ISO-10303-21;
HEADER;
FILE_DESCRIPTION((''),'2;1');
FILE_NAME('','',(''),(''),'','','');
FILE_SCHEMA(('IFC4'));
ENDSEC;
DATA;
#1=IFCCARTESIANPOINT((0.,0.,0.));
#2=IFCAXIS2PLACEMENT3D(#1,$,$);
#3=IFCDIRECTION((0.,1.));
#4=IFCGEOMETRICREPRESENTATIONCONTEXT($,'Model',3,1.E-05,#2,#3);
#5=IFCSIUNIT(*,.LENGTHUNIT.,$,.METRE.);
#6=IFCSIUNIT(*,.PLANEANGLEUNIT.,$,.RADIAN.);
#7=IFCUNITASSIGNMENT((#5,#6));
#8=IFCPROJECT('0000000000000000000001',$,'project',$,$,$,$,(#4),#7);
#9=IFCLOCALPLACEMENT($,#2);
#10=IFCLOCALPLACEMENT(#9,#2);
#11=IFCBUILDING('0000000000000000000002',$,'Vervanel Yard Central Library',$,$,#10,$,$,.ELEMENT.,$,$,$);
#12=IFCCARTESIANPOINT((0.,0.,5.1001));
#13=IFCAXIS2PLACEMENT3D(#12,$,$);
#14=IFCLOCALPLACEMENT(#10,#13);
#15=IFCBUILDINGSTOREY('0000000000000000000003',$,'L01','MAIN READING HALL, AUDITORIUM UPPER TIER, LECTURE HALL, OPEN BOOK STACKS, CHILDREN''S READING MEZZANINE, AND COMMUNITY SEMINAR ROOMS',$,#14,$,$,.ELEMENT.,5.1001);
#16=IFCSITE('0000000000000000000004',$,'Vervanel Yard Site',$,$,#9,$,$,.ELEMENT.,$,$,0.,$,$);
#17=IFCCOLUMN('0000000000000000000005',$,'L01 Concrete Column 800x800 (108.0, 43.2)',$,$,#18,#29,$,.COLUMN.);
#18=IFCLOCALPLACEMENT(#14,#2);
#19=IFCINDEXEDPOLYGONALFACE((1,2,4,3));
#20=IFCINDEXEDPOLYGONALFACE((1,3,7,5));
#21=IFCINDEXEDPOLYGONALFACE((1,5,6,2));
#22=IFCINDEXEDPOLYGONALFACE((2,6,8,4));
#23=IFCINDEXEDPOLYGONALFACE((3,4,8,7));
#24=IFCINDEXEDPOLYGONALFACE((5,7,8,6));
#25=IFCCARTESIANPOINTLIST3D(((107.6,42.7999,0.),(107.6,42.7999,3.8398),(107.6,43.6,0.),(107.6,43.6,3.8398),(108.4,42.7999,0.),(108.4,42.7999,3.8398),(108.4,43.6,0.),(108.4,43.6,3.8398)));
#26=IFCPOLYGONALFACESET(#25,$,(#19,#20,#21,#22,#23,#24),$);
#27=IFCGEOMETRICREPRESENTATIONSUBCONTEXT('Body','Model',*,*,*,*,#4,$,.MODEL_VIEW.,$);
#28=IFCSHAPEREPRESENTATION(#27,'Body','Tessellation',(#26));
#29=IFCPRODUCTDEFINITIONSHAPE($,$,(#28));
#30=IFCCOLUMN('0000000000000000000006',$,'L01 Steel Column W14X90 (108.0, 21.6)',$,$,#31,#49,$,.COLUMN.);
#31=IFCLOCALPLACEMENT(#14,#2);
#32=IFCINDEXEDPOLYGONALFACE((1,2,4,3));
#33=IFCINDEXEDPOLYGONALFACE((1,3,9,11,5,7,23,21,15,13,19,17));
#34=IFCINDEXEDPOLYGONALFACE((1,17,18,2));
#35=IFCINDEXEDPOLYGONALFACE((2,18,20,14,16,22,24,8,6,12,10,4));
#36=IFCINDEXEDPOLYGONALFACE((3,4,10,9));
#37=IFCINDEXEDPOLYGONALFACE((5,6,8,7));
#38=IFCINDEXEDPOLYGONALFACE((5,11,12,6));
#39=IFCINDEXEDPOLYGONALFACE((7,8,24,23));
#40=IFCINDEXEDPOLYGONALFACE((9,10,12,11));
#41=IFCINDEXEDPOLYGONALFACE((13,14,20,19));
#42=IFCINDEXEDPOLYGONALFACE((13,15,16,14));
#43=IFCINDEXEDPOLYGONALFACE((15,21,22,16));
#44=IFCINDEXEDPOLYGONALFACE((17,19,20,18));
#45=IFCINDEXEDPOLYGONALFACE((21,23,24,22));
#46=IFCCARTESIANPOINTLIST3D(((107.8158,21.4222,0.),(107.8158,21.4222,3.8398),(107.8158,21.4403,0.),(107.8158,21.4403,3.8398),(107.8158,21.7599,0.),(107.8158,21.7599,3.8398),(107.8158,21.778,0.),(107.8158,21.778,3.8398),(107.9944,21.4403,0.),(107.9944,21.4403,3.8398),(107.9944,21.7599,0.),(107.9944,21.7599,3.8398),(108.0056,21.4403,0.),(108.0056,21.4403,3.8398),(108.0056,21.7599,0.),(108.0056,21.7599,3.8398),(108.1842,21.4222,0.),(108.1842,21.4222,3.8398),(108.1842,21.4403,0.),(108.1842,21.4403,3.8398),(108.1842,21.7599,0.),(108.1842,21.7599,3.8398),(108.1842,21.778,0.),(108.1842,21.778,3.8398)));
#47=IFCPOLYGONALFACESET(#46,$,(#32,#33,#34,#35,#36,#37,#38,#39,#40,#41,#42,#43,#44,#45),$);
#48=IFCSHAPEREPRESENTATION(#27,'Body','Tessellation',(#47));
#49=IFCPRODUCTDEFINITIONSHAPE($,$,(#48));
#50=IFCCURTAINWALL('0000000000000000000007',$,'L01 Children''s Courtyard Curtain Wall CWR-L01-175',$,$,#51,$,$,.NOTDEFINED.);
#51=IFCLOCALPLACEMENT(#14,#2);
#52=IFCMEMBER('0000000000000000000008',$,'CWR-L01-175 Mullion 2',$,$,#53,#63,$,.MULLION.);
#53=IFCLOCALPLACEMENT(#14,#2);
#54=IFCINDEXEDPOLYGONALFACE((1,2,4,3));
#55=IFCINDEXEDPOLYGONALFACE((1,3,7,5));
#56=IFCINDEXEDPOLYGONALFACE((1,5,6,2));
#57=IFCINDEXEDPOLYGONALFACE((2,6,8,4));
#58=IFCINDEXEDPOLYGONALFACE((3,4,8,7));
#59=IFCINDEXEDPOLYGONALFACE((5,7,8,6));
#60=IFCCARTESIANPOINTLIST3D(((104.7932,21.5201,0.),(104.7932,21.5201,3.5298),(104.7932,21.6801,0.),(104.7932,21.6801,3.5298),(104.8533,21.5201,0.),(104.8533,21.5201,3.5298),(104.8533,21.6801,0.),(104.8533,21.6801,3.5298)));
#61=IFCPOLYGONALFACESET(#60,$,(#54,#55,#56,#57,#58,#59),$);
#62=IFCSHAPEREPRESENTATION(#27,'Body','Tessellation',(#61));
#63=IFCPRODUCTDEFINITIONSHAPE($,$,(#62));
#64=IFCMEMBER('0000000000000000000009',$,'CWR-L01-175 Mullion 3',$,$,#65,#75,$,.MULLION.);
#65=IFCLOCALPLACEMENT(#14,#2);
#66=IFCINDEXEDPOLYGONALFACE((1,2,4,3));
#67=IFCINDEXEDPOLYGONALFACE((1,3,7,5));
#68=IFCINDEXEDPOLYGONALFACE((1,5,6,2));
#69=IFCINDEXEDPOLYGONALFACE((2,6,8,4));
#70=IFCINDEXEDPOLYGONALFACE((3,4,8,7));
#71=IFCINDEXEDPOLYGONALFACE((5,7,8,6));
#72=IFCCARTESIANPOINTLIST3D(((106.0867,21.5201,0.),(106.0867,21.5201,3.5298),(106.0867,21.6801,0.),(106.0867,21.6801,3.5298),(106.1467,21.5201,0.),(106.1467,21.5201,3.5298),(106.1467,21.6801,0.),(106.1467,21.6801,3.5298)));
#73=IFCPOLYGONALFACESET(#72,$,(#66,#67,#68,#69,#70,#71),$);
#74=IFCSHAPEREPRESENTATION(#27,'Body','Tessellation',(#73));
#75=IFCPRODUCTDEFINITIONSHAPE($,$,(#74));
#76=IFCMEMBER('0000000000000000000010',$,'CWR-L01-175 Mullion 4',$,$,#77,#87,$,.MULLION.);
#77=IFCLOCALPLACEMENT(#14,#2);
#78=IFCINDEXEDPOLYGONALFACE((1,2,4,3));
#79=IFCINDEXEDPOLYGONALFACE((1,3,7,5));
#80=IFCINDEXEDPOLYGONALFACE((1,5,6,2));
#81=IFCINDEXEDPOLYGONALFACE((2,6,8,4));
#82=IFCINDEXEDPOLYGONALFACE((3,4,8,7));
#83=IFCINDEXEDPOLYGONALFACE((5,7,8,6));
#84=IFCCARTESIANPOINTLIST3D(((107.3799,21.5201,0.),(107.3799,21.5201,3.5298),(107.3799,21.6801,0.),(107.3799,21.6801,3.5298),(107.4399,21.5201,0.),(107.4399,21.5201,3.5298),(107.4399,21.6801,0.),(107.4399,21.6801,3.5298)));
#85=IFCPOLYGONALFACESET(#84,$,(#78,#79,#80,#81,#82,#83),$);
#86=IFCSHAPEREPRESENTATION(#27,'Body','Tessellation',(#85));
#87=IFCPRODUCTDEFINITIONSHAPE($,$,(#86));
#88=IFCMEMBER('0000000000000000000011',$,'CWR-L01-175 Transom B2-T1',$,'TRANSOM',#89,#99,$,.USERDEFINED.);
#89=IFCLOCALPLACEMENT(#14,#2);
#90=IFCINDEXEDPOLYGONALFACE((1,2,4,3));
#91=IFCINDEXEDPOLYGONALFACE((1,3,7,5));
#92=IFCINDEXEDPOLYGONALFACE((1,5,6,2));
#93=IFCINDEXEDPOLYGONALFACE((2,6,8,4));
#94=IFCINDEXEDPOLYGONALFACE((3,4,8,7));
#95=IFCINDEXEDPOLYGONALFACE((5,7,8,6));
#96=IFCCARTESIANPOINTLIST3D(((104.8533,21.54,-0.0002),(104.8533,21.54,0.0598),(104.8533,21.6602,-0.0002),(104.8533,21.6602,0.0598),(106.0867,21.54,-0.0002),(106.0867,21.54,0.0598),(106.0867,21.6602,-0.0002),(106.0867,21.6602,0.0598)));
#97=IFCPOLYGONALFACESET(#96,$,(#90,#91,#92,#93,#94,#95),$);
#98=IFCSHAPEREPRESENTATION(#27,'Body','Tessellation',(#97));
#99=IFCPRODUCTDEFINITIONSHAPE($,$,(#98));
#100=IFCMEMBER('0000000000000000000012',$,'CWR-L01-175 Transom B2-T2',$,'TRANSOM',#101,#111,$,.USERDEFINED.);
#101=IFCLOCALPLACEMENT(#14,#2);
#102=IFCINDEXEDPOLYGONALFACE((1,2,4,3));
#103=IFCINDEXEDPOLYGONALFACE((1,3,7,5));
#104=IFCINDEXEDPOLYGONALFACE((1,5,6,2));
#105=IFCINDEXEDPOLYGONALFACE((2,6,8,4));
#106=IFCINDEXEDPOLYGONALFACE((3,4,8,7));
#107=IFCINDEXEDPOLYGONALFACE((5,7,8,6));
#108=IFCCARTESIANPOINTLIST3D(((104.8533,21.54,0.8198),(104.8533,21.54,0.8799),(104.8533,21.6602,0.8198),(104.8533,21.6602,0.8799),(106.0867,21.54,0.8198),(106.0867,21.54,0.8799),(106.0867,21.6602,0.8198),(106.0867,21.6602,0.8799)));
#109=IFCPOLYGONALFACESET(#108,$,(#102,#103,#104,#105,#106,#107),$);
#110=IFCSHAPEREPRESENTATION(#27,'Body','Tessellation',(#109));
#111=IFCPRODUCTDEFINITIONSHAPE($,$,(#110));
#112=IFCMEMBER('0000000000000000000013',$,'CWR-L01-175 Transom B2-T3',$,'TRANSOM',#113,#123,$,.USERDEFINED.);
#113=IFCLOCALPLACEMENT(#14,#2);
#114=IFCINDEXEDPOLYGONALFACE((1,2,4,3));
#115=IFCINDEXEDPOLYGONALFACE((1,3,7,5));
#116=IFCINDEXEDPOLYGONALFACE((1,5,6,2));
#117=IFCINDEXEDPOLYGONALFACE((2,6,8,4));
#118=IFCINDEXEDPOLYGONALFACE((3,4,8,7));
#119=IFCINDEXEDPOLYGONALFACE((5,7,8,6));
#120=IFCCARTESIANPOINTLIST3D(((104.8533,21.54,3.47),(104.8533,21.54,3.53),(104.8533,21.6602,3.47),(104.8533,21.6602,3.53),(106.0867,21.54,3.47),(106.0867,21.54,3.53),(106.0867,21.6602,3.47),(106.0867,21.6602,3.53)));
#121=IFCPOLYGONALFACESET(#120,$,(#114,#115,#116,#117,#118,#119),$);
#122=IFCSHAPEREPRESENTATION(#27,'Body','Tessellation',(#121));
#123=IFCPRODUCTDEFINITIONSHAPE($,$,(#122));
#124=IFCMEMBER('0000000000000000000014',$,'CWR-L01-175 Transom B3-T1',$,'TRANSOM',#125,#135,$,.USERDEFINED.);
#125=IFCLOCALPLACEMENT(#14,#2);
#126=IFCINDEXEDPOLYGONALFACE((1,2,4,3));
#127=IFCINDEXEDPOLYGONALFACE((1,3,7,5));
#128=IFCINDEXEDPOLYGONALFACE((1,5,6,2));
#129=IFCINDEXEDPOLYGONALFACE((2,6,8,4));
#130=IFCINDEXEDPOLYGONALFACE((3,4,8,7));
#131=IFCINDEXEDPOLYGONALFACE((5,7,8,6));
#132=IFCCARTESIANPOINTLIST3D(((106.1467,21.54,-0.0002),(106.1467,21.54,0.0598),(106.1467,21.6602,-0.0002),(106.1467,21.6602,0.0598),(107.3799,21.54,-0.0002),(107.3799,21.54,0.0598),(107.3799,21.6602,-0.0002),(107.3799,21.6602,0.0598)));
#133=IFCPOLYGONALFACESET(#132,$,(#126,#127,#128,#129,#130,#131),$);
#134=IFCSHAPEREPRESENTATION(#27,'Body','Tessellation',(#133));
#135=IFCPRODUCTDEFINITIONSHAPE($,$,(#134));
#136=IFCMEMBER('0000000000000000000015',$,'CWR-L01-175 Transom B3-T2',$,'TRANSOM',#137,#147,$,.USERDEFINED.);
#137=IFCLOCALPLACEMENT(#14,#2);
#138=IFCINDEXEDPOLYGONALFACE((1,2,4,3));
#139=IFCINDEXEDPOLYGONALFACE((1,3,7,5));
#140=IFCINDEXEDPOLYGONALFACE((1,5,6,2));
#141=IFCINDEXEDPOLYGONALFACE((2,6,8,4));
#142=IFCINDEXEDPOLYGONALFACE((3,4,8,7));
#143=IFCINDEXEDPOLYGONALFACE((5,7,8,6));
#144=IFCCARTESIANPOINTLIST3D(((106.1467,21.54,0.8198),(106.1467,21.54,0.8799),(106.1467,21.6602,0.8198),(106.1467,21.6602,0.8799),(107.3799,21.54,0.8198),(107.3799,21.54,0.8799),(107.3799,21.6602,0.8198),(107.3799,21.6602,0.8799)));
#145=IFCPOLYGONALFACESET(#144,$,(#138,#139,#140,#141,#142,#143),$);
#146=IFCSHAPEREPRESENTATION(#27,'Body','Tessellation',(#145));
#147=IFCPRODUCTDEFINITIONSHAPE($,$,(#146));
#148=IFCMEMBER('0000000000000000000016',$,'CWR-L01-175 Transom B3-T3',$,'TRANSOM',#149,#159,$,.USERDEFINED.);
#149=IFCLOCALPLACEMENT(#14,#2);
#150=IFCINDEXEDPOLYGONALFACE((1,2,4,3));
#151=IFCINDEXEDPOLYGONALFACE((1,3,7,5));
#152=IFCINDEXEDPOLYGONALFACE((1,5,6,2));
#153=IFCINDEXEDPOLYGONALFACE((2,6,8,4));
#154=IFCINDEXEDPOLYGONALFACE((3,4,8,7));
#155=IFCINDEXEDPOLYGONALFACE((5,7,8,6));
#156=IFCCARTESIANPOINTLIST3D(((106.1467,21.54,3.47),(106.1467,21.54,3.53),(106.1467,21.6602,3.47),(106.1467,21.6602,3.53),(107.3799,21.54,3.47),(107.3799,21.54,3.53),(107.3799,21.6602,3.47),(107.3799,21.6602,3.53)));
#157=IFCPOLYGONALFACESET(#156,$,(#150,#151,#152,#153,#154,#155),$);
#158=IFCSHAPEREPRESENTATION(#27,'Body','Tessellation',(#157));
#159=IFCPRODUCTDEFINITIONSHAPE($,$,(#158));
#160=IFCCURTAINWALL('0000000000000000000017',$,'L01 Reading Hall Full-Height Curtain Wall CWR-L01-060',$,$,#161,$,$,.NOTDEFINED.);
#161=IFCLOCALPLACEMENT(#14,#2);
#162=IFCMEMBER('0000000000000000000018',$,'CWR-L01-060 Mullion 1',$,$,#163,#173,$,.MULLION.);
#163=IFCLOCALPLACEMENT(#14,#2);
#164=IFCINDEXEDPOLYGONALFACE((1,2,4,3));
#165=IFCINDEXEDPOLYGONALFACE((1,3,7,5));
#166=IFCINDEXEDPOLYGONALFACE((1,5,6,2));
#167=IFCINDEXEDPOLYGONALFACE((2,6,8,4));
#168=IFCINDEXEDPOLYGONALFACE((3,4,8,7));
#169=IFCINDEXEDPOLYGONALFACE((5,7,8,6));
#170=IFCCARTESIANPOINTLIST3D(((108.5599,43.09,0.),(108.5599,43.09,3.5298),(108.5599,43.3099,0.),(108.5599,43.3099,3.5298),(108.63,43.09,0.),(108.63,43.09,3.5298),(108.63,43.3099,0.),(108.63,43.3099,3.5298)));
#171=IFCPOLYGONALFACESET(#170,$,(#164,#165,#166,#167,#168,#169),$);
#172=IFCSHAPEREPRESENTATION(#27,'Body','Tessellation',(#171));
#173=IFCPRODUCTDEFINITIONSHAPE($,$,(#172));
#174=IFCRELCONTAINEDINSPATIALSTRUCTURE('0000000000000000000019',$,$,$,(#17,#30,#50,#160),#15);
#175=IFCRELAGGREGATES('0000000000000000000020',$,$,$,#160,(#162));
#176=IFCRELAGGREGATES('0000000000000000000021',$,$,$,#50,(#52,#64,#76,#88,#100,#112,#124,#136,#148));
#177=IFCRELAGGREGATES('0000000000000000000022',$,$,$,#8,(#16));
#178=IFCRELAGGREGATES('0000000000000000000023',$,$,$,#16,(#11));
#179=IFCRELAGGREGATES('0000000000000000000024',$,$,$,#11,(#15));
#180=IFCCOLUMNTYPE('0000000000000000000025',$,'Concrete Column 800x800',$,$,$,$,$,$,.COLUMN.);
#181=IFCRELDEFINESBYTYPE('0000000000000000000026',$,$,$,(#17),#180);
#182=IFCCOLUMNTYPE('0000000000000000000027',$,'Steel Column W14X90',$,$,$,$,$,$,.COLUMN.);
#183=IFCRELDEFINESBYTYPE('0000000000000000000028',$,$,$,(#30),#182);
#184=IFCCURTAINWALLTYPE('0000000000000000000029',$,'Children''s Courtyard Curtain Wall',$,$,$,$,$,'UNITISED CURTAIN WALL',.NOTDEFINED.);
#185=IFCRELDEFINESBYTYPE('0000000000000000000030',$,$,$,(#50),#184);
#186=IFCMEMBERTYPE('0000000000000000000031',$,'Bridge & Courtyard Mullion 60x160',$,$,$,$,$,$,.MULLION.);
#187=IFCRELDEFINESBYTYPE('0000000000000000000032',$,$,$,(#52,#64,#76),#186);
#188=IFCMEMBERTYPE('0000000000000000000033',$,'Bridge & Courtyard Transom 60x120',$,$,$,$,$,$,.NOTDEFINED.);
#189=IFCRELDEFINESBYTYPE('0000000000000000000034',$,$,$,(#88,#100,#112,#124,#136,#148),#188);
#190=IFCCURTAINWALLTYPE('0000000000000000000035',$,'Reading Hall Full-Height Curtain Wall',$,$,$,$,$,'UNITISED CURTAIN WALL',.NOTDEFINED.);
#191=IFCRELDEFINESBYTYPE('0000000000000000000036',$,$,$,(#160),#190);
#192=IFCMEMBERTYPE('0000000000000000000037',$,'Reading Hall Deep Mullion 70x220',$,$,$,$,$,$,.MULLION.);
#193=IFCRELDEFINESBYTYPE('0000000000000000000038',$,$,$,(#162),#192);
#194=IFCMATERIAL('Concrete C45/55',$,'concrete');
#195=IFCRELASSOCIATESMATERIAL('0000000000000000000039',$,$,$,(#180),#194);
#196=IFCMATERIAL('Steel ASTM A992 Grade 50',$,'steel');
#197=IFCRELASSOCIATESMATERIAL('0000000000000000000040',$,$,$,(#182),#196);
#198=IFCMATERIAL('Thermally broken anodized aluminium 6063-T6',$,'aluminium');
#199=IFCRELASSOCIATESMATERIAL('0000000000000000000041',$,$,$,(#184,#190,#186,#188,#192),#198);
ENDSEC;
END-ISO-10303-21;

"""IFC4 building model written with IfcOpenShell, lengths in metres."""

from ifc_helpers import new_model, si_unit, direction, frame, origin, origin_2d, place, context, subcontext, project, spatial, rectangle, i_section, extrude, material, material_profile, profile_set, type_object, element, aggregate, save


model = new_model("IFC4")

# Units and contexts
model_context = context("Model", 3, precision=1e-05, world=origin(), true_north=direction((0.0, 1.0)))
body_context = subcontext(model_context, "Body", "Model", "MODEL_VIEW")
ifc_project = project(units=[si_unit("LENGTHUNIT", "METRE"), si_unit("PLANEANGLEUNIT", "RADIAN")], contexts=[model_context])

# Site, building, storey
site_placement = place(None, origin())
site = spatial("IfcSite", under=ifc_project, at=site_placement, Name="Vervanel Yard Site", CompositionType="ELEMENT", RefElevation=0.0)
building_placement = place(site_placement, origin())
building = spatial("IfcBuilding", under=site, at=building_placement, Name="Vervanel Yard Central Library", CompositionType="ELEMENT")
storey_placement = place(building_placement, frame((0.0, 0.0, 5.1001)))
storey = spatial("IfcBuildingStorey", under=building, at=storey_placement, Name="L01", Description="MAIN READING HALL, AUDITORIUM UPPER TIER, LECTURE HALL, OPEN BOOK STACKS, CHILDREN'S READING MEZZANINE, AND COMMUNITY SEMINAR ROOMS", CompositionType="ELEMENT", Elevation=5.1001)

# Columns
ifc_material_1 = material(Name="Concrete C45/55", Category="concrete")
ifc_material_profile_1 = material_profile(ifc_material_1, rectangle(XDim=0.8, YDim=0.8, at=origin_2d()), Name="RC 800x800", Category="concrete")
ifc_profile_set_1 = profile_set([ifc_material_profile_1], Name="Concrete C45/55")
column_type_1 = type_object("IfcColumnType", Name="Concrete Column 800x800", PredefinedType="COLUMN", material=ifc_profile_set_1)
column_1_placement = place(storey_placement, frame((108.0, 43.2, 0.0), z_axis=(0.0, 0.0, 1.0), x_axis=(1.0, 0.0, 0.0)))
element("IfcColumn", 1, at=column_1_placement, inside=storey, type_object=column_type_1, Name="L01 Concrete Column 800x800 (108.0, 43.2)", PredefinedType="COLUMN", context=body_context, shape_type="SweptSolid", body=[
    extrude(rectangle(XDim=0.8, YDim=0.8, at=origin_2d()), origin(), (0.0, 0.0, 1.0), 3.8398),
])
ifc_material_2 = material(Name="Steel ASTM A992 Grade 50", Category="steel")
ifc_material_profile_2 = material_profile(ifc_material_2, i_section(OverallWidth=0.3684, OverallDepth=0.3557, WebThickness=0.0112, FlangeThickness=0.0181, at=origin_2d()), Name="W14X90", Category="steel")
ifc_profile_set_2 = profile_set([ifc_material_profile_2], Name="Steel ASTM A992 Grade 50")
column_type_2 = type_object("IfcColumnType", Name="Steel Column W14X90", PredefinedType="COLUMN", material=ifc_profile_set_2)
column_2_placement = place(storey_placement, frame((108.0, 21.6001, 0.0), z_axis=(0.0, 0.0, 1.0), x_axis=(1.0, 0.0, 0.0)))
element("IfcColumn", 2, at=column_2_placement, inside=storey, type_object=column_type_2, Name="L01 Steel Column W14X90 (108.0, 21.6)", PredefinedType="COLUMN", context=body_context, shape_type="SweptSolid", body=[
    extrude(i_section(OverallWidth=0.3684, OverallDepth=0.3557, WebThickness=0.0112, FlangeThickness=0.0181, at=origin_2d()), origin(), (0.0, 0.0, 1.0), 3.8398),
])

# Curtain wall, members
ifc_material_3 = material(Name="Thermally broken anodized aluminium 6063-T6", Category="aluminium")
curtain_wall_type_1 = type_object("IfcCurtainWallType", Name="Children's Courtyard Curtain Wall", ElementType="UNITISED CURTAIN WALL", PredefinedType="NOTDEFINED", material=ifc_material_3)
curtain_wall_1_placement = place(storey_placement, origin())
curtain_wall_1 = element("IfcCurtainWall", 3, at=curtain_wall_1_placement, inside=storey, type_object=curtain_wall_type_1, Name="L01 Children's Courtyard Curtain Wall CWR-L01-175", PredefinedType="NOTDEFINED")
ifc_material_profile_3 = material_profile(ifc_material_3, rectangle(XDim=0.0601, YDim=0.1599, at=origin_2d()), Name="ALU 60x160", Category="aluminium")
ifc_profile_set_3 = profile_set([ifc_material_profile_3], Name="Thermally broken anodized aluminium 6063-T6")
member_type_1 = type_object("IfcMemberType", Name="Bridge & Courtyard Mullion 60x160", PredefinedType="MULLION", material=ifc_profile_set_3)
member_1_placement = place(storey_placement, frame((104.8232, 21.6001, 0.0), z_axis=(0.0, 0.0, 1.0), x_axis=(1.0, 0.0, 0.0)))
member_1 = element("IfcMember", 4, at=member_1_placement, type_object=member_type_1, Name="CWR-L01-175 Mullion 2", PredefinedType="MULLION", context=body_context, shape_type="SweptSolid", body=[
    extrude(rectangle(XDim=0.0601, YDim=0.1599, at=origin_2d()), origin(), (0.0, 0.0, 1.0), 3.5298),
])
member_2_placement = place(storey_placement, frame((106.1167, 21.6001, 0.0), z_axis=(0.0, 0.0, 1.0), x_axis=(1.0, 0.0, 0.0)))
member_2 = element("IfcMember", 5, at=member_2_placement, type_object=member_type_1, Name="CWR-L01-175 Mullion 3", PredefinedType="MULLION", context=body_context, shape_type="SweptSolid", body=[
    extrude(rectangle(XDim=0.0601, YDim=0.1599, at=origin_2d()), origin(), (0.0, 0.0, 1.0), 3.5298),
])
member_3_placement = place(storey_placement, frame((107.4099, 21.6001, 0.0), z_axis=(0.0, 0.0, 1.0), x_axis=(1.0, 0.0, 0.0)))
member_3 = element("IfcMember", 6, at=member_3_placement, type_object=member_type_1, Name="CWR-L01-175 Mullion 4", PredefinedType="MULLION", context=body_context, shape_type="SweptSolid", body=[
    extrude(rectangle(XDim=0.0601, YDim=0.1599, at=origin_2d()), origin(), (0.0, 0.0, 1.0), 3.5298),
])
ifc_material_profile_4 = material_profile(ifc_material_3, rectangle(XDim=0.0601, YDim=0.1201, at=origin_2d()), Name="ALU 60x120", Category="aluminium")
ifc_profile_set_4 = profile_set([ifc_material_profile_4], Name="Thermally broken anodized aluminium 6063-T6")
member_type_2 = type_object("IfcMemberType", Name="Bridge & Courtyard Transom 60x120", PredefinedType="NOTDEFINED", material=ifc_profile_set_4)
member_4_placement = place(storey_placement, frame((104.8533, 21.6001, 0.0298), z_axis=(1.0, 0.0, 0.0), x_axis=(0.0, 0.0, 1.0)))
member_4 = element("IfcMember", 7, at=member_4_placement, type_object=member_type_2, Name="CWR-L01-175 Transom B2-T1", ObjectType="TRANSOM", PredefinedType="USERDEFINED", context=body_context, shape_type="SweptSolid", body=[
    extrude(rectangle(XDim=0.0601, YDim=0.1201, at=origin_2d()), origin(), (0.0, 0.0, 1.0), 1.2334),
])
member_5_placement = place(storey_placement, frame((104.8533, 21.6001, 0.8499), z_axis=(1.0, 0.0, 0.0), x_axis=(0.0, 0.0, 1.0)))
member_5 = element("IfcMember", 8, at=member_5_placement, type_object=member_type_2, Name="CWR-L01-175 Transom B2-T2", ObjectType="TRANSOM", PredefinedType="USERDEFINED", context=body_context, shape_type="SweptSolid", body=[
    extrude(rectangle(XDim=0.0601, YDim=0.1201, at=origin_2d()), origin(), (0.0, 0.0, 1.0), 1.2334),
])
member_6_placement = place(storey_placement, frame((104.8533, 21.6001, 3.5), z_axis=(1.0, 0.0, 0.0), x_axis=(0.0, 0.0, 1.0)))
member_6 = element("IfcMember", 9, at=member_6_placement, type_object=member_type_2, Name="CWR-L01-175 Transom B2-T3", ObjectType="TRANSOM", PredefinedType="USERDEFINED", context=body_context, shape_type="SweptSolid", body=[
    extrude(rectangle(XDim=0.0601, YDim=0.1201, at=origin_2d()), origin(), (0.0, 0.0, 1.0), 1.2334),
])
member_7_placement = place(storey_placement, frame((106.1467, 21.6001, 0.0298), z_axis=(1.0, 0.0, 0.0), x_axis=(0.0, 0.0, 1.0)))
member_7 = element("IfcMember", 10, at=member_7_placement, type_object=member_type_2, Name="CWR-L01-175 Transom B3-T1", ObjectType="TRANSOM", PredefinedType="USERDEFINED", context=body_context, shape_type="SweptSolid", body=[
    extrude(rectangle(XDim=0.0601, YDim=0.1201, at=origin_2d()), origin(), (0.0, 0.0, 1.0), 1.2332),
])
member_8_placement = place(storey_placement, frame((106.1467, 21.6001, 0.8499), z_axis=(1.0, 0.0, 0.0), x_axis=(0.0, 0.0, 1.0)))
member_8 = element("IfcMember", 11, at=member_8_placement, type_object=member_type_2, Name="CWR-L01-175 Transom B3-T2", ObjectType="TRANSOM", PredefinedType="USERDEFINED", context=body_context, shape_type="SweptSolid", body=[
    extrude(rectangle(XDim=0.0601, YDim=0.1201, at=origin_2d()), origin(), (0.0, 0.0, 1.0), 1.2332),
])
member_9_placement = place(storey_placement, frame((106.1467, 21.6001, 3.5), z_axis=(1.0, 0.0, 0.0), x_axis=(0.0, 0.0, 1.0)))
member_9 = element("IfcMember", 12, at=member_9_placement, type_object=member_type_2, Name="CWR-L01-175 Transom B3-T3", ObjectType="TRANSOM", PredefinedType="USERDEFINED", context=body_context, shape_type="SweptSolid", body=[
    extrude(rectangle(XDim=0.0601, YDim=0.1201, at=origin_2d()), origin(), (0.0, 0.0, 1.0), 1.2332),
])

# Curtain wall, member
curtain_wall_type_2 = type_object("IfcCurtainWallType", Name="Reading Hall Full-Height Curtain Wall", ElementType="UNITISED CURTAIN WALL", PredefinedType="NOTDEFINED", material=ifc_material_3)
curtain_wall_2_placement = place(storey_placement, origin())
curtain_wall_2 = element("IfcCurtainWall", 13, at=curtain_wall_2_placement, inside=storey, type_object=curtain_wall_type_2, Name="L01 Reading Hall Full-Height Curtain Wall CWR-L01-060", PredefinedType="NOTDEFINED")
ifc_material_profile_5 = material_profile(ifc_material_3, rectangle(XDim=0.0701, YDim=0.22, at=origin_2d()), Name="ALU 70x220", Category="aluminium")
ifc_profile_set_5 = profile_set([ifc_material_profile_5], Name="Thermally broken anodized aluminium 6063-T6")
member_type_3 = type_object("IfcMemberType", Name="Reading Hall Deep Mullion 70x220", PredefinedType="MULLION", material=ifc_profile_set_5)
member_10_placement = place(storey_placement, frame((108.595, 43.2, 0.0), z_axis=(0.0, 0.0, 1.0), x_axis=(1.0, 0.0, 0.0)))
member_10 = element("IfcMember", 14, at=member_10_placement, type_object=member_type_3, Name="CWR-L01-060 Mullion 1", PredefinedType="MULLION", context=body_context, shape_type="SweptSolid", body=[
    extrude(rectangle(XDim=0.0701, YDim=0.22, at=origin_2d()), origin(), (0.0, 0.0, 1.0), 3.5298),
])
aggregate(curtain_wall_2, [member_10])

aggregate(curtain_wall_1, [member_1, member_2, member_3, member_4, member_5, member_6, member_7, member_8, member_9])

save(model, "model.ifc")
